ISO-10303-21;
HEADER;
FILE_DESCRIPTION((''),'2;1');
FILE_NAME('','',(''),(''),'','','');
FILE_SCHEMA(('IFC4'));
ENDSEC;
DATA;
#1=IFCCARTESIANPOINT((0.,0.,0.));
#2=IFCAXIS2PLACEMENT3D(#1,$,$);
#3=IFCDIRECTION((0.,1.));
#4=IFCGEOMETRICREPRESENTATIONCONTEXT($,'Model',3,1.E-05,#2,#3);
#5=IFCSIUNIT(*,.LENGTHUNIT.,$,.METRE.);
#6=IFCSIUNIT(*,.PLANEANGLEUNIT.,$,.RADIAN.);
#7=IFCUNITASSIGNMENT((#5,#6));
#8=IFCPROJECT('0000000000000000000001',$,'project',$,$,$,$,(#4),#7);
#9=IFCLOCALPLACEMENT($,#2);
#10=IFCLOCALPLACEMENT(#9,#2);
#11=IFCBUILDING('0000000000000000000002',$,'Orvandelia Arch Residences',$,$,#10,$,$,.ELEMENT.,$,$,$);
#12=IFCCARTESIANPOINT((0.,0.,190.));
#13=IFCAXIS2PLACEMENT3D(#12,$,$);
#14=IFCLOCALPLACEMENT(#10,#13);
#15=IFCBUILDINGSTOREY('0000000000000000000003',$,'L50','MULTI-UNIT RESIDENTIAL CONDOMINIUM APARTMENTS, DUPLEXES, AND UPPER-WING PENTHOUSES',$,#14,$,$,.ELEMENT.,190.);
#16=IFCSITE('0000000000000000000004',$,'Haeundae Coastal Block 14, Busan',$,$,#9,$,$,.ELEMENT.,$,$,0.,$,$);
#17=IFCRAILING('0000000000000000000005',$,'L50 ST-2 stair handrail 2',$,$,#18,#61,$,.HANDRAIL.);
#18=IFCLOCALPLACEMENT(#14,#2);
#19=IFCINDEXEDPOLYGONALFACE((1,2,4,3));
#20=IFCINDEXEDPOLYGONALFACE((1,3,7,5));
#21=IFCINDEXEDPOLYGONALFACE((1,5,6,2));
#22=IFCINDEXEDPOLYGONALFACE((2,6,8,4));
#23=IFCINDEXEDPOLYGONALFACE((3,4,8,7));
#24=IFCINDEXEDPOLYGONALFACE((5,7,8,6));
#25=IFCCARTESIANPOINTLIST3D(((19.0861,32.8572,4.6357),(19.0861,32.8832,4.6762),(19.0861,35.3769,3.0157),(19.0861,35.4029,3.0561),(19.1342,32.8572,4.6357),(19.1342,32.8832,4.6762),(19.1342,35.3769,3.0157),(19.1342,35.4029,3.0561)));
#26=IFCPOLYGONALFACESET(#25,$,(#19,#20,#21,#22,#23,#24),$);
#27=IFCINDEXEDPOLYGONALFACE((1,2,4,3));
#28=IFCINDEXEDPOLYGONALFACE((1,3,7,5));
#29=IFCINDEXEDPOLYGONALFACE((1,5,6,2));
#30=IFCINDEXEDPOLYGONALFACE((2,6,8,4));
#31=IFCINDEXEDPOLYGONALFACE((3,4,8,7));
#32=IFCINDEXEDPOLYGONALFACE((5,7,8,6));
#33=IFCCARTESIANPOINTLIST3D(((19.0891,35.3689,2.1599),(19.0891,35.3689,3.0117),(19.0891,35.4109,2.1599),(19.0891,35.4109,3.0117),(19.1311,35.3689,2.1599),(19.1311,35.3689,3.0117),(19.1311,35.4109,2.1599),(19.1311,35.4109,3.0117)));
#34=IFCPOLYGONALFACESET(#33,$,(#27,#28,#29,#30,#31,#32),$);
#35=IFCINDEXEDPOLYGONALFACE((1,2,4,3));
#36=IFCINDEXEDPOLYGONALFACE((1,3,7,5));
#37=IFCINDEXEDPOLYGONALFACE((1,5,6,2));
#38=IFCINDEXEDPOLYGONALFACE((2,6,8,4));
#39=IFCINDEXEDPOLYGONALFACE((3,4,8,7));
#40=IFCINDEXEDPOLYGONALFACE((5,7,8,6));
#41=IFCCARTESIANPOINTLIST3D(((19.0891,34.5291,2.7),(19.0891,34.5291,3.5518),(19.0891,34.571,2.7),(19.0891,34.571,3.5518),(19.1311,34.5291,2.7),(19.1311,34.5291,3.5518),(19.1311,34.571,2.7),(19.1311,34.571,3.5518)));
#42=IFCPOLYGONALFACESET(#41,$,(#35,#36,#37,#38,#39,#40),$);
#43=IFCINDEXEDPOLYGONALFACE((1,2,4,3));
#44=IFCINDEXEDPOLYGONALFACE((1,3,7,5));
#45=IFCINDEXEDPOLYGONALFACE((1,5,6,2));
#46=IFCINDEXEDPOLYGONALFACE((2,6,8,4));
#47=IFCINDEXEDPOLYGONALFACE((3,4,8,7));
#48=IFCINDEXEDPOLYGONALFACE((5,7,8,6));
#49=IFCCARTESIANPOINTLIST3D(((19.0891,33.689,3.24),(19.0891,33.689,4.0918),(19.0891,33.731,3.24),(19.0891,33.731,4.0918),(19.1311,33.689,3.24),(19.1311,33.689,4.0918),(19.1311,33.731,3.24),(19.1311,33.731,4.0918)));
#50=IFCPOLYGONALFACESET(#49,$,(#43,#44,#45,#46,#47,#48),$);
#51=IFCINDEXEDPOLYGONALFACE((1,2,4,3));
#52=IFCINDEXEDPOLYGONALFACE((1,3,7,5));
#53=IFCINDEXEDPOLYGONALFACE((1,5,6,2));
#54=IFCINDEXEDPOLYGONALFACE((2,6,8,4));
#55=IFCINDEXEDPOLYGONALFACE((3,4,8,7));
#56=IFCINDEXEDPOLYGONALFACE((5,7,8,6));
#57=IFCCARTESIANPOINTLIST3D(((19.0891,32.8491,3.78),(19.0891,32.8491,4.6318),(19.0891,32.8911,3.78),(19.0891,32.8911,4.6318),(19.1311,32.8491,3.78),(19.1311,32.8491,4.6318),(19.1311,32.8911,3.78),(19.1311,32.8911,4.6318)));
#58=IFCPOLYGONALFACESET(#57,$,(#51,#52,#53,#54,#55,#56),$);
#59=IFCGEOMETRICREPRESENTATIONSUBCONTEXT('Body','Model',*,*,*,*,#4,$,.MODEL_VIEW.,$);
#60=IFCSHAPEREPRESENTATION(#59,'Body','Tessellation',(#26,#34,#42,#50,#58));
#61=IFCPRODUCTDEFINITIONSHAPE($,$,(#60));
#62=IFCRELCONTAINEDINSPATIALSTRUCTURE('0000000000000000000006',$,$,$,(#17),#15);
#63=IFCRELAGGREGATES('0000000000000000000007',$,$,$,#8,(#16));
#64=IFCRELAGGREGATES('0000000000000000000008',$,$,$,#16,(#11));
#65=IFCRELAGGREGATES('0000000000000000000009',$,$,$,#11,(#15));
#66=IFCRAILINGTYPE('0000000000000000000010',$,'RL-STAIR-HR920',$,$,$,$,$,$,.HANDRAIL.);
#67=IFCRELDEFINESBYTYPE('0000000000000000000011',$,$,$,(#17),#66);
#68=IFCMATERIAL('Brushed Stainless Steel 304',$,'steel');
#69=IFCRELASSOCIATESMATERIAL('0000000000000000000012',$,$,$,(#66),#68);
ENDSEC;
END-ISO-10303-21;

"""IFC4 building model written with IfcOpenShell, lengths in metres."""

from ifc_helpers import new_model, si_unit, direction, frame, origin, origin_2d, place, context, subcontext, project, spatial, rectangle, extrude, material, type_object, element, save


model = new_model("IFC4")

# Units and contexts
model_context = context("Model", 3, precision=1e-05, world=origin(), true_north=direction((0.0, 1.0)))
body_context = subcontext(model_context, "Body", "Model", "MODEL_VIEW")
ifc_project = project(units=[si_unit("LENGTHUNIT", "METRE"), si_unit("PLANEANGLEUNIT", "RADIAN")], contexts=[model_context])

# Site, building, storey
site_placement = place(None, origin())
site = spatial("IfcSite", under=ifc_project, at=site_placement, Name="Haeundae Coastal Block 14, Busan", CompositionType="ELEMENT", RefElevation=0.0)
building_placement = place(site_placement, origin())
building = spatial("IfcBuilding", under=site, at=building_placement, Name="Orvandelia Arch Residences", CompositionType="ELEMENT")
storey_placement = place(building_placement, frame((0.0, 0.0, 190.0)))
storey = spatial("IfcBuildingStorey", under=building, at=storey_placement, Name="L50", Description="MULTI-UNIT RESIDENTIAL CONDOMINIUM APARTMENTS, DUPLEXES, AND UPPER-WING PENTHOUSES", CompositionType="ELEMENT", Elevation=190.0)

# Railing
ifc_material_1 = material(Name="Brushed Stainless Steel 304", Category="steel")
railing_type_1 = type_object("IfcRailingType", Name="RL-STAIR-HR920", PredefinedType="HANDRAIL", material=ifc_material_1)
railing_1_placement = place(storey_placement, frame((19.1101, 35.3899, 2.1599)))
element("IfcRailing", 1, at=railing_1_placement, inside=storey, type_object=railing_type_1, Name="L50 ST-2 stair handrail 2", PredefinedType="HANDRAIL", context=body_context, shape_type="SweptSolid", body=[
    extrude(rectangle(XDim=0.0481, YDim=0.0481, at=origin_2d()), frame((0.0, 0.0, 0.876), z_axis=(0.0, -0.841139, 0.540819), x_axis=(1.0, 0.0, 0.0)), (0.0, 0.0, 1.0), 2.9956),
    extrude(rectangle(XDim=0.042, YDim=0.042, at=origin_2d()), origin(), (0.0, 0.0, 1.0), 0.8518),
    extrude(rectangle(XDim=0.042, YDim=0.042, at=origin_2d()), frame((0.0, -0.8398, 0.54)), (0.0, 0.0, 1.0), 0.8518),
    extrude(rectangle(XDim=0.042, YDim=0.042, at=origin_2d()), frame((0.0, -1.6799, 1.0801)), (0.0, 0.0, 1.0), 0.8518),
    extrude(rectangle(XDim=0.042, YDim=0.042, at=origin_2d()), frame((0.0, -2.5198, 1.6201)), (0.0, 0.0, 1.0), 0.8518),
])

save(model, "model.ifc")
